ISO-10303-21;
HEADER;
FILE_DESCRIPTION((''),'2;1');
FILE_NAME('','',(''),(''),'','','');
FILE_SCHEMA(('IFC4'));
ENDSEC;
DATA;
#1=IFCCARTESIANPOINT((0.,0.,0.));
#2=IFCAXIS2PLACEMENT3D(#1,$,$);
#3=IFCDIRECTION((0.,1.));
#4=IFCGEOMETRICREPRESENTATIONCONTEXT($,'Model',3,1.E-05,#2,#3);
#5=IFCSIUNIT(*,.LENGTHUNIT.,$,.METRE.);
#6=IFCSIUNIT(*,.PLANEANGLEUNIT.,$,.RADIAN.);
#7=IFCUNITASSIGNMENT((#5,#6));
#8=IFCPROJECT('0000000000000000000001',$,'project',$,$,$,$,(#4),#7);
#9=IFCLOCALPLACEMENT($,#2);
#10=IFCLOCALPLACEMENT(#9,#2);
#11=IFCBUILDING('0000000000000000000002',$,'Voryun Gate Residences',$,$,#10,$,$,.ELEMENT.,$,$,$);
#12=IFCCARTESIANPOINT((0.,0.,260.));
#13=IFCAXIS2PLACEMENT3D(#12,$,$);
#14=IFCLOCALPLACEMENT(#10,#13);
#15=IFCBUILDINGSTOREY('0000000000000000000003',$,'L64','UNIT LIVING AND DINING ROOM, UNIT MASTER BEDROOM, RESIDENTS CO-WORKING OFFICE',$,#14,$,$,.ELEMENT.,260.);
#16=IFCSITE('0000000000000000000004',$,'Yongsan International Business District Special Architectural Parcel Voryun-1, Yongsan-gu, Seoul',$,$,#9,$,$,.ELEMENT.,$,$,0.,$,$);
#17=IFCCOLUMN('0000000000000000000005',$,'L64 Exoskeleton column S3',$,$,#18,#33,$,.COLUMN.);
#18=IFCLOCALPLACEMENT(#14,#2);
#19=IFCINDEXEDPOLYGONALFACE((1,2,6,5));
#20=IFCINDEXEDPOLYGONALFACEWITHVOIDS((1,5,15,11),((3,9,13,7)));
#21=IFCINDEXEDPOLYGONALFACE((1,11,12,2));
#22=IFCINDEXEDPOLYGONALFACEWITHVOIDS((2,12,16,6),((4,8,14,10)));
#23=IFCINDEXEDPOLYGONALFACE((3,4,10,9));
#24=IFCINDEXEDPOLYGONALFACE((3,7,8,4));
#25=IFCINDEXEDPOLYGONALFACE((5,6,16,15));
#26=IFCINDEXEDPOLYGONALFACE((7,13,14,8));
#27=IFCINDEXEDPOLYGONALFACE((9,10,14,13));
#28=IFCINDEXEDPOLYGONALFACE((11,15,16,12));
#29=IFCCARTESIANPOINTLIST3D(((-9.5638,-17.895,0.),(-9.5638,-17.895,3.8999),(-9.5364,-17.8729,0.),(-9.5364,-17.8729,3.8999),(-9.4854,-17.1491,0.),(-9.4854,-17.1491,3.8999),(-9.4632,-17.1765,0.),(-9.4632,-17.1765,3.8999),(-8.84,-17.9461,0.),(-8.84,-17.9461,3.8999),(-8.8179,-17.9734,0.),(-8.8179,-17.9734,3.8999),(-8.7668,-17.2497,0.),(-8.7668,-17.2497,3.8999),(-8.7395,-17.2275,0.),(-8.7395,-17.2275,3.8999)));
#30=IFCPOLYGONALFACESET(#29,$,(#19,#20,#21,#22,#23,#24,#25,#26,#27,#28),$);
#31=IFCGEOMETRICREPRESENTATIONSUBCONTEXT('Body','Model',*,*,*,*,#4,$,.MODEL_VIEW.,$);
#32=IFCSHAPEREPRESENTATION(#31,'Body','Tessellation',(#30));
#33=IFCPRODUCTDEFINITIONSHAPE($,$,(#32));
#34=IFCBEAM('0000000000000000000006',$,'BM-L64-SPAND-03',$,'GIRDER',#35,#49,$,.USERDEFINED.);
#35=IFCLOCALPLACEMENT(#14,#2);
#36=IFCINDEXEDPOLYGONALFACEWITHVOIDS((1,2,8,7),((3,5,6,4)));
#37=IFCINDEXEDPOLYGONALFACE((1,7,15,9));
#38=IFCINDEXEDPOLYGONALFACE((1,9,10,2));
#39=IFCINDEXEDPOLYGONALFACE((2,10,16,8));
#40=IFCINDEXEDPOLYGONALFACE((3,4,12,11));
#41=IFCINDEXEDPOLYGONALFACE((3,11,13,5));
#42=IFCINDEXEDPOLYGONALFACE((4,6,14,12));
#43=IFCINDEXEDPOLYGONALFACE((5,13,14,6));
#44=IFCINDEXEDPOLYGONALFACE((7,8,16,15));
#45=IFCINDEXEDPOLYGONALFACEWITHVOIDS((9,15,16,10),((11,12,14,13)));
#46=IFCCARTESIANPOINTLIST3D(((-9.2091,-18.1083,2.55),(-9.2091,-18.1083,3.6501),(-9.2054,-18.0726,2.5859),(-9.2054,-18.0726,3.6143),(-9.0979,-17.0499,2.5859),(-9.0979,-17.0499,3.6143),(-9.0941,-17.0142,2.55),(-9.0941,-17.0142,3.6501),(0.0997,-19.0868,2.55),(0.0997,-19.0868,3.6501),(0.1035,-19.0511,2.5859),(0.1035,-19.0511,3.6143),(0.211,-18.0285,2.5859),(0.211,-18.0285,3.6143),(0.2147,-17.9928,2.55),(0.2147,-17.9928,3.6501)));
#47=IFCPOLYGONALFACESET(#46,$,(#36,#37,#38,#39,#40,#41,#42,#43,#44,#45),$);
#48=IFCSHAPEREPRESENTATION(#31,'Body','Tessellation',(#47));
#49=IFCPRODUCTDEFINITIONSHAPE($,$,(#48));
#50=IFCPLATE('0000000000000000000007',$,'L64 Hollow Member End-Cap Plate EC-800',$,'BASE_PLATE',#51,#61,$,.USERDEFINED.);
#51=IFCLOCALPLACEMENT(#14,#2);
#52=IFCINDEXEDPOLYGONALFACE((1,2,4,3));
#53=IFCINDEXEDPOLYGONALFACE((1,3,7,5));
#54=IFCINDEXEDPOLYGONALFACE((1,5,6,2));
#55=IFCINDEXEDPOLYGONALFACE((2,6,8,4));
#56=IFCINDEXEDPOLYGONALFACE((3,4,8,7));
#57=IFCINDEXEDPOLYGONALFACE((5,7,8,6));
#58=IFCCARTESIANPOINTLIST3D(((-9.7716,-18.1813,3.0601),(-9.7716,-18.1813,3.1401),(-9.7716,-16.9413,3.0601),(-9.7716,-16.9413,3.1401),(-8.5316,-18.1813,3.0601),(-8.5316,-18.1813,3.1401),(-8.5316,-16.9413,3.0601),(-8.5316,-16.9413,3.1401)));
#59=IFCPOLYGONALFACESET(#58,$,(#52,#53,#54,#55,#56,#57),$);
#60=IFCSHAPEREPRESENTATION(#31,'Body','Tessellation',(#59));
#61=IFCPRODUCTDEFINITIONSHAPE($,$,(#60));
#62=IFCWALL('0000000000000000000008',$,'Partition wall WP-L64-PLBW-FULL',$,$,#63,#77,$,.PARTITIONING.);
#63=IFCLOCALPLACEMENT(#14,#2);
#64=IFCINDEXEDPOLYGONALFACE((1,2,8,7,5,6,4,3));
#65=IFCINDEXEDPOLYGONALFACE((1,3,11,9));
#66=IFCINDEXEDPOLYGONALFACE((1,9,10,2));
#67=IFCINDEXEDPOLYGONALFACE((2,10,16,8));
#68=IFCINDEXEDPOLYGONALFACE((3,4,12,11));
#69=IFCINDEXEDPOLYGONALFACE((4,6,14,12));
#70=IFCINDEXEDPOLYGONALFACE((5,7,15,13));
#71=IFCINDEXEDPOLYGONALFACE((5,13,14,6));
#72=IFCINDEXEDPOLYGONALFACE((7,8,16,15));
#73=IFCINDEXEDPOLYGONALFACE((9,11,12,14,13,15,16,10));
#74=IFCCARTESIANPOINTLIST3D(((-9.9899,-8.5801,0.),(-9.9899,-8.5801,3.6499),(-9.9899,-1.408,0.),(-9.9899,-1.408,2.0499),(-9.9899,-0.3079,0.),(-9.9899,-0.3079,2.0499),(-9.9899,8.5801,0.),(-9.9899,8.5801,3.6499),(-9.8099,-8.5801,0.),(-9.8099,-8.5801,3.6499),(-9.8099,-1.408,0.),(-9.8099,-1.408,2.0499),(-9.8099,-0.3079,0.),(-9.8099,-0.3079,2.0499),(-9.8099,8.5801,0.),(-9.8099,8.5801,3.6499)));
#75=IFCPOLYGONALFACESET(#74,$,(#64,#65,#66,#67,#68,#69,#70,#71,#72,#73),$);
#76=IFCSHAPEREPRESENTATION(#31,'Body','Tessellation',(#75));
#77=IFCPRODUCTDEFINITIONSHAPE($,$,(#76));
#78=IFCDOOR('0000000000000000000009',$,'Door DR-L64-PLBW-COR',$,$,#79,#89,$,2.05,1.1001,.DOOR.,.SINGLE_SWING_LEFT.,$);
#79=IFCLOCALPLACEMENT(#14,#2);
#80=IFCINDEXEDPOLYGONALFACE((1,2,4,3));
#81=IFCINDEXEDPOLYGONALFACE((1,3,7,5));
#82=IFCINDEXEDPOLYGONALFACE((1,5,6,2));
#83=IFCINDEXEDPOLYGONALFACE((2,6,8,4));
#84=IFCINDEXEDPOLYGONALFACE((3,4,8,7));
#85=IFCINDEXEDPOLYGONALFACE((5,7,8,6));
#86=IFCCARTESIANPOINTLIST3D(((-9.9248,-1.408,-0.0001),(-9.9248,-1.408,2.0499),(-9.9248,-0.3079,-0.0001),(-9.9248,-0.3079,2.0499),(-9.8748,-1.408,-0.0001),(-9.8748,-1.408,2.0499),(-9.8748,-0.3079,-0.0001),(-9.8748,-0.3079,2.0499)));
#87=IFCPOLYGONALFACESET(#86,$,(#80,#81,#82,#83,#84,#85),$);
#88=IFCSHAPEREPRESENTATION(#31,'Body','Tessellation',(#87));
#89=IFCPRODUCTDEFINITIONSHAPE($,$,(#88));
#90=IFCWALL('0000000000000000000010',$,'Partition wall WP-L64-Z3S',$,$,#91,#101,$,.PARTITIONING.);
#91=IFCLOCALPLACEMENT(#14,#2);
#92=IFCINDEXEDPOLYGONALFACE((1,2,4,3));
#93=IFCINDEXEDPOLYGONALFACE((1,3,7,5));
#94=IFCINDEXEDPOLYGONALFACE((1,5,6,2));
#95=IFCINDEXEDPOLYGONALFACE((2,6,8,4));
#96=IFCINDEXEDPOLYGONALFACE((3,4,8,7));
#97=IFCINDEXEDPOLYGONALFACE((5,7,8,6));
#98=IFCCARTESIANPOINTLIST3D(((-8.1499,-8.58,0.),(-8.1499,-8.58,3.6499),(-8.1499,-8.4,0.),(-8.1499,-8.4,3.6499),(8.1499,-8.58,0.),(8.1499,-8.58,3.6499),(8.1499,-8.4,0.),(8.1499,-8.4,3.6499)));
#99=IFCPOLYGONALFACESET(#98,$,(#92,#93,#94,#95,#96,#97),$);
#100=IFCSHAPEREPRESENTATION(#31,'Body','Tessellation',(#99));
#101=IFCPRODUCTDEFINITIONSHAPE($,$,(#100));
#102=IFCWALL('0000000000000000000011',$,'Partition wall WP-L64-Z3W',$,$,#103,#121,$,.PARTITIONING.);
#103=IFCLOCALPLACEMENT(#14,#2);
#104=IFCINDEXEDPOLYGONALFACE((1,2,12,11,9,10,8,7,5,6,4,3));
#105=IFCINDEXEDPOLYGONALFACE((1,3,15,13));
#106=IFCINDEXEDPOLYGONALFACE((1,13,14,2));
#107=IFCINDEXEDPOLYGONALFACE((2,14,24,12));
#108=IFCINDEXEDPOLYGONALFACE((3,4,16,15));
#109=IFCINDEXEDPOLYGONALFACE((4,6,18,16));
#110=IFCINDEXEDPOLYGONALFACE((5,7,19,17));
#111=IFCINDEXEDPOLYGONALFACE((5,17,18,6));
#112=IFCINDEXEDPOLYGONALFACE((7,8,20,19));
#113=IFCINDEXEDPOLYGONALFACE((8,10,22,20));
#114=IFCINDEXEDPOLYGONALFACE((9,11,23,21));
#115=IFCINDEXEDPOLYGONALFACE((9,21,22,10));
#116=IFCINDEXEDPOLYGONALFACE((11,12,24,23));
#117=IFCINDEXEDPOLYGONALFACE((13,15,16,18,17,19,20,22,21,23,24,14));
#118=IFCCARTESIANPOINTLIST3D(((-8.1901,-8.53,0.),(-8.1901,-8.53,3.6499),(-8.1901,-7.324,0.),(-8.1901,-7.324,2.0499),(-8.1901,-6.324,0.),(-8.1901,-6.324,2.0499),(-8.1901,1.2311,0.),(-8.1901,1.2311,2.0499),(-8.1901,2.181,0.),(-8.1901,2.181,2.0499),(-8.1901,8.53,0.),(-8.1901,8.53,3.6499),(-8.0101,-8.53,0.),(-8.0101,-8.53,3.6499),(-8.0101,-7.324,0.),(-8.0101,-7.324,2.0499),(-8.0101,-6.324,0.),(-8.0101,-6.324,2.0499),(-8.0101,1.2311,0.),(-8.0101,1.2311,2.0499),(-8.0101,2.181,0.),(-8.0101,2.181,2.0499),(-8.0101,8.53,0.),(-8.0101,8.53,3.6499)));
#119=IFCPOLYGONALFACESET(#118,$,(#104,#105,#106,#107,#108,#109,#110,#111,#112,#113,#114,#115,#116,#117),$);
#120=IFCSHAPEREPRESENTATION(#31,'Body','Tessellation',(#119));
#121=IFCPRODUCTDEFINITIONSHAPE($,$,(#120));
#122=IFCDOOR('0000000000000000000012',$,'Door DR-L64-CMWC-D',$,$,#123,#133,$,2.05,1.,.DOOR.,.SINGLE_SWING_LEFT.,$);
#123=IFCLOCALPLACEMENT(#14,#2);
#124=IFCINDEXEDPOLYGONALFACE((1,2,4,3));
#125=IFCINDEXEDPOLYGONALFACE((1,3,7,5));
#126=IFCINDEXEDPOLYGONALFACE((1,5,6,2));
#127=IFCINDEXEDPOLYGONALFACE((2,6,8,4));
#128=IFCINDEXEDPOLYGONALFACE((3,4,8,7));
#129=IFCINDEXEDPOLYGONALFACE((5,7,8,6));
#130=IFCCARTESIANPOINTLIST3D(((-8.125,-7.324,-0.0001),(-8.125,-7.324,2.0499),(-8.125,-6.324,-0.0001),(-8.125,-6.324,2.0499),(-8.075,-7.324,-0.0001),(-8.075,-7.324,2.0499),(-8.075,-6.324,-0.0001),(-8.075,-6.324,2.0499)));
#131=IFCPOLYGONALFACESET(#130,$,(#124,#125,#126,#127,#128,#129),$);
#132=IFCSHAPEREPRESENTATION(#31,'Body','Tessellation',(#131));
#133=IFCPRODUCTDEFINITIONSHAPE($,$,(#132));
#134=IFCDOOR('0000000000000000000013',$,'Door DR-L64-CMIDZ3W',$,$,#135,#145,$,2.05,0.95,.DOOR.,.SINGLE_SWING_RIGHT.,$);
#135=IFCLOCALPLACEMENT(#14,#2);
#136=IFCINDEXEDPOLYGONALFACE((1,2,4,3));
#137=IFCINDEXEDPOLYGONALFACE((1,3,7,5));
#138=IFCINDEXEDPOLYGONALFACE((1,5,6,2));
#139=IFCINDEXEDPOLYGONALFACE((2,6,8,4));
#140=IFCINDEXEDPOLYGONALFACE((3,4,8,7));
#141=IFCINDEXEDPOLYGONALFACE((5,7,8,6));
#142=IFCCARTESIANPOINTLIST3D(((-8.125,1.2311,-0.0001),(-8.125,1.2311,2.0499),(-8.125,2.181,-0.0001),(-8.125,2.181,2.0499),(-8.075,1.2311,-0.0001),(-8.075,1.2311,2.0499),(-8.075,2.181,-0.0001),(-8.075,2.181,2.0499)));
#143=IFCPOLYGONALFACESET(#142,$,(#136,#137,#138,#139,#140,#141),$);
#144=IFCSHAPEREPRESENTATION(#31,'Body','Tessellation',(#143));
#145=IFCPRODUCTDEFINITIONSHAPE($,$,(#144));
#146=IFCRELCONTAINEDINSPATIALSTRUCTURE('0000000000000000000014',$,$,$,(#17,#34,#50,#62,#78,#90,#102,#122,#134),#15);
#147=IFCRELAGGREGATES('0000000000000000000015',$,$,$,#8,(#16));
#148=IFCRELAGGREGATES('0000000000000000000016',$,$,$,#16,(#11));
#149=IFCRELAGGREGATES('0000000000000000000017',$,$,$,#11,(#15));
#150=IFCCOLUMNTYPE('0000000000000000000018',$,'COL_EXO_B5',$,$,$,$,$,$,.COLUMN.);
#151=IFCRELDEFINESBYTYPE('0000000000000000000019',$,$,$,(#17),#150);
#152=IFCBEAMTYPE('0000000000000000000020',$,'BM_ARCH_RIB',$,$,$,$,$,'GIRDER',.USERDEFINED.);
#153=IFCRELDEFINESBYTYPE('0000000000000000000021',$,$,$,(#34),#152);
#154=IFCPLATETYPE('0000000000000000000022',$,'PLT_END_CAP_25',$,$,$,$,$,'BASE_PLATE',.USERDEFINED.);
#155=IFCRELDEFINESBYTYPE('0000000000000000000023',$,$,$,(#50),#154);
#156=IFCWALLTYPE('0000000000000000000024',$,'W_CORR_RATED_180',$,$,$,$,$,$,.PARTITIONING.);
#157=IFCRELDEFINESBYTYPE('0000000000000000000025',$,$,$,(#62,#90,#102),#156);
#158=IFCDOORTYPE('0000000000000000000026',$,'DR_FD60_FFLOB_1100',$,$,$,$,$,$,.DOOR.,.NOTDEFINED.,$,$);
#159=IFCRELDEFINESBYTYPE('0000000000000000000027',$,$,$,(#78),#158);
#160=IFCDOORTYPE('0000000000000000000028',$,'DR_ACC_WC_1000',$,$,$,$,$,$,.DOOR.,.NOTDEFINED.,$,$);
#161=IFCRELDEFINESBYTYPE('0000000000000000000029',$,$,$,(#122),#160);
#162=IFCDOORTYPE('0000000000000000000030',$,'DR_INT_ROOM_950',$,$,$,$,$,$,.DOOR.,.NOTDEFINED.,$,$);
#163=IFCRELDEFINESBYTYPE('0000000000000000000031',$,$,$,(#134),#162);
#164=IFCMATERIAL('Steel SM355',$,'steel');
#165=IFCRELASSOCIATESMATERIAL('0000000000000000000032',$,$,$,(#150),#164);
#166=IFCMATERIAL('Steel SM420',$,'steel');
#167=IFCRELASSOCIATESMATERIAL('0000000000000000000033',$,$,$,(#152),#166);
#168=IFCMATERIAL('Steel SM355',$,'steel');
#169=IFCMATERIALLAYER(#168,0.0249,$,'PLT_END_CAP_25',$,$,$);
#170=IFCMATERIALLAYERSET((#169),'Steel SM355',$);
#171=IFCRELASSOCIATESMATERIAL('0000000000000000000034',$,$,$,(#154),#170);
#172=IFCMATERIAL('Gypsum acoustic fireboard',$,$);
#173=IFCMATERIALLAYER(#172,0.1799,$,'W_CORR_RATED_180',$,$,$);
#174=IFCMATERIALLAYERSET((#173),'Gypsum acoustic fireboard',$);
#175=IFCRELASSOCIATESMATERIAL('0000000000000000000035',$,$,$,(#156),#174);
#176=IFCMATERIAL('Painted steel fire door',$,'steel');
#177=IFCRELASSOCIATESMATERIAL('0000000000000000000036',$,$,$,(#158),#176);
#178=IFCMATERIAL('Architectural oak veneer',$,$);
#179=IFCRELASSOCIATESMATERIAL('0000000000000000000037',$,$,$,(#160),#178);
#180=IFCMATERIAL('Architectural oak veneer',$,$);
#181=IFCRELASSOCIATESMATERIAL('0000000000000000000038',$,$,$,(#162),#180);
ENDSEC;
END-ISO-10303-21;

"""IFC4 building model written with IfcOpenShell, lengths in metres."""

from ifc_helpers import new_model, si_unit, direction, frame, frame_2d, origin, origin_2d, place, context, subcontext, project, spatial, rectangle, hollow_rectangle, extrude, material, layer, layer_set, material_profile, profile_set, type_object, element, fill, save


model = new_model("IFC4")

# Units and contexts
model_context = context("Model", 3, precision=1e-05, world=origin(), true_north=direction((0.0, 1.0)))
body_context = subcontext(model_context, "Body", "Model", "MODEL_VIEW")
ifc_project = project(units=[si_unit("LENGTHUNIT", "METRE"), si_unit("PLANEANGLEUNIT", "RADIAN")], contexts=[model_context])

# Site, building, storey
site_placement = place(None, origin())
site = spatial("IfcSite", under=ifc_project, at=site_placement, Name="Yongsan International Business District Special Architectural Parcel Voryun-1, Yongsan-gu, Seoul", CompositionType="ELEMENT", RefElevation=0.0)
building_placement = place(site_placement, origin())
building = spatial("IfcBuilding", under=site, at=building_placement, Name="Voryun Gate Residences", CompositionType="ELEMENT")
storey_placement = place(building_placement, frame((0.0, 0.0, 260.0)))
storey = spatial("IfcBuildingStorey", under=building, at=storey_placement, Name="L64", Description="UNIT LIVING AND DINING ROOM, UNIT MASTER BEDROOM, RESIDENTS CO-WORKING OFFICE", CompositionType="ELEMENT", Elevation=260.0)

# Column
ifc_material_1 = material(Name="Steel SM355", Category="steel")
ifc_material_profile_1 = material_profile(ifc_material_1, hollow_rectangle(XDim=0.75, YDim=0.75, WallThickness=0.0249, at=origin_2d()), Name="BOX-750x750x25")
ifc_profile_set_1 = profile_set([ifc_material_profile_1], Name="Steel SM355")
column_type = type_object("IfcColumnType", Name="COL_EXO_B5", PredefinedType="COLUMN", material=ifc_profile_set_1)
column_placement = place(storey_placement, frame((-9.1516, -17.5613, 0.0), z_axis=(0.0, 0.0, 1.0), x_axis=(0.994522, -0.104528, 0.0)))
element("IfcColumn", 1, at=column_placement, inside=storey, type_object=column_type, Name="L64 Exoskeleton column S3", PredefinedType="COLUMN", context=body_context, shape_type="SweptSolid", body=[
    extrude(hollow_rectangle(XDim=0.75, YDim=0.75, WallThickness=0.0249, at=origin_2d()), origin(), (0.0, 0.0, 1.0), 3.8999),
])

# Beam
ifc_material_2 = material(Name="Steel SM420", Category="steel")
ifc_material_profile_2 = material_profile(ifc_material_2, hollow_rectangle(XDim=1.1001, YDim=1.1001, WallThickness=0.0359, at=origin_2d()), Name="BOX-1100x1100x36")
ifc_profile_set_2 = profile_set([ifc_material_profile_2], Name="Steel SM420")
beam_type = type_object("IfcBeamType", Name="BM_ARCH_RIB", ElementType="GIRDER", PredefinedType="USERDEFINED", material=ifc_profile_set_2)
beam_placement = place(storey_placement, frame((-9.1516, -17.5613, 3.1001), z_axis=(0.994521, -0.104541, 0.0), x_axis=(0.104541, 0.994521, 0.0)))
element("IfcBeam", 2, at=beam_placement, inside=storey, type_object=beam_type, Name="BM-L64-SPAND-03", ObjectType="GIRDER", PredefinedType="USERDEFINED", context=body_context, shape_type="SweptSolid", body=[
    extrude(hollow_rectangle(XDim=1.1001, YDim=1.1001, WallThickness=0.0359, at=origin_2d()), origin(), (0.0, 0.0, 1.0), 9.3601),
])

# Plate
ifc_material_3 = material(Name="Steel SM355", Category="steel")
ifc_layer_1 = layer(ifc_material_3, 0.0249, Name="PLT_END_CAP_25")
ifc_layer_set_1 = layer_set([ifc_layer_1], Name="Steel SM355")
plate_type = type_object("IfcPlateType", Name="PLT_END_CAP_25", ElementType="BASE_PLATE", PredefinedType="USERDEFINED", material=ifc_layer_set_1)
plate_placement = place(storey_placement, frame((-9.1516, -17.5613, 3.0601), z_axis=(0.0, 0.0, 1.0), x_axis=(1.0, 0.0, 0.0)))
element("IfcPlate", 3, at=plate_placement, inside=storey, type_object=plate_type, Name="L64 Hollow Member End-Cap Plate EC-800", ObjectType="BASE_PLATE", PredefinedType="USERDEFINED", context=body_context, shape_type="SweptSolid", body=[
    extrude(rectangle(XDim=1.24, YDim=1.24, at=origin_2d()), origin(), (0.0, 0.0, 1.0), 0.0801),
])

# Wall, opening, door
ifc_material_4 = material(Name="Gypsum acoustic fireboard")
ifc_layer_2 = layer(ifc_material_4, 0.1799, Name="W_CORR_RATED_180")
ifc_layer_set_2 = layer_set([ifc_layer_2], Name="Gypsum acoustic fireboard")
wall_type_1 = type_object("IfcWallType", Name="W_CORR_RATED_180", PredefinedType="PARTITIONING", material=ifc_layer_set_2)
wall_1_placement = place(storey_placement, frame((-9.8999, -8.5801, 0.0), z_axis=(0.0, 0.0, 1.0), x_axis=(0.0, 1.0, 0.0)))
wall_1 = element("IfcWall", 4, at=wall_1_placement, inside=storey, type_object=wall_type_1, Name="Partition wall WP-L64-PLBW-FULL", PredefinedType="PARTITIONING", context=body_context, shape_type="SweptSolid", body=[
    extrude(rectangle(XDim=17.1602, YDim=0.1799, at=frame_2d((8.5801, 0.0))), origin(), (0.0, 0.0, 1.0), 3.6499),
])
opening_1_placement = place(wall_1_placement, frame((7.1721, 0.0, 0.0)))
opening_1 = element("IfcOpeningElement", 5, at=opening_1_placement, cuts=wall_1, PredefinedType="OPENING", context=body_context, shape_type="SweptSolid", body=[
    extrude(rectangle(XDim=1.1001, YDim=2.05, at=frame_2d((0.55, 1.0249))), frame((0.0, 0.0999, 0.0), z_axis=(0.0, -1.0, 0.0), x_axis=(1.0, 0.0, 0.0)), (0.0, 0.0, 1.0), 0.2),
])
ifc_material_5 = material(Name="Painted steel fire door", Category="steel")
door_type_1 = type_object("IfcDoorType", Name="DR_FD60_FFLOB_1100", OperationType="NOTDEFINED", PredefinedType="DOOR", material=ifc_material_5)
door_1_placement = place(opening_1_placement, origin())
door_1 = element("IfcDoor", 6, at=door_1_placement, inside=storey, type_object=door_type_1, Name="Door DR-L64-PLBW-COR", OperationType="SINGLE_SWING_LEFT", OverallHeight=2.05, OverallWidth=1.1001, PredefinedType="DOOR", context=body_context, shape_type="SweptSolid", body=[
    extrude(rectangle(XDim=1.1001, YDim=2.05, at=frame_2d((0.55, 1.0249))), frame((0.0, 0.0249, 0.0), z_axis=(0.0, -1.0, 0.0), x_axis=(1.0, 0.0, 0.0)), (0.0, 0.0, 1.0), 0.05),
])
fill(opening_1, door_1)

# Wall
wall_2_placement = place(storey_placement, frame((-8.1499, -8.49, 0.0), z_axis=(0.0, 0.0, 1.0), x_axis=(1.0, 0.0, 0.0)))
element("IfcWall", 7, at=wall_2_placement, inside=storey, type_object=wall_type_1, Name="Partition wall WP-L64-Z3S", PredefinedType="PARTITIONING", context=body_context, shape_type="SweptSolid", body=[
    extrude(rectangle(XDim=16.2998, YDim=0.1799, at=frame_2d((8.1499, 0.0))), origin(), (0.0, 0.0, 1.0), 3.6499),
])

# Wall, openings, doors
wall_3_placement = place(storey_placement, frame((-8.1001, -8.53, 0.0), z_axis=(0.0, 0.0, 1.0), x_axis=(0.0, 1.0, 0.0)))
wall_3 = element("IfcWall", 8, at=wall_3_placement, inside=storey, type_object=wall_type_1, Name="Partition wall WP-L64-Z3W", PredefinedType="PARTITIONING", context=body_context, shape_type="SweptSolid", body=[
    extrude(rectangle(XDim=17.0601, YDim=0.1799, at=frame_2d((8.53, 0.0))), origin(), (0.0, 0.0, 1.0), 3.6499),
])
opening_2_placement = place(wall_3_placement, frame((1.2061, 0.0, 0.0)))
opening_2 = element("IfcOpeningElement", 9, at=opening_2_placement, cuts=wall_3, PredefinedType="OPENING", context=body_context, shape_type="SweptSolid", body=[
    extrude(rectangle(XDim=1.0, YDim=2.05, at=frame_2d((0.5, 1.0249))), frame((0.0, 0.0999, 0.0), z_axis=(0.0, -1.0, 0.0), x_axis=(1.0, 0.0, 0.0)), (0.0, 0.0, 1.0), 0.2),
])
opening_3_placement = place(wall_3_placement, frame((9.761, 0.0, 0.0)))
opening_3 = element("IfcOpeningElement", 10, at=opening_3_placement, cuts=wall_3, PredefinedType="OPENING", context=body_context, shape_type="SweptSolid", body=[
    extrude(rectangle(XDim=0.95, YDim=2.05, at=frame_2d((0.4751, 1.0249))), frame((0.0, 0.0999, 0.0), z_axis=(0.0, -1.0, 0.0), x_axis=(1.0, 0.0, 0.0)), (0.0, 0.0, 1.0), 0.2),
])
ifc_material_6 = material(Name="Architectural oak veneer")
door_type_2 = type_object("IfcDoorType", Name="DR_ACC_WC_1000", OperationType="NOTDEFINED", PredefinedType="DOOR", material=ifc_material_6)
door_2_placement = place(opening_2_placement, origin())
door_2 = element("IfcDoor", 11, at=door_2_placement, inside=storey, type_object=door_type_2, Name="Door DR-L64-CMWC-D", OperationType="SINGLE_SWING_LEFT", OverallHeight=2.05, OverallWidth=1.0, PredefinedType="DOOR", context=body_context, shape_type="SweptSolid", body=[
    extrude(rectangle(XDim=1.0, YDim=2.05, at=frame_2d((0.5, 1.0249))), frame((0.0, 0.0249, 0.0), z_axis=(0.0, -1.0, 0.0), x_axis=(1.0, 0.0, 0.0)), (0.0, 0.0, 1.0), 0.05),
])
fill(opening_2, door_2)
ifc_material_7 = material(Name="Architectural oak veneer")
door_type_3 = type_object("IfcDoorType", Name="DR_INT_ROOM_950", OperationType="NOTDEFINED", PredefinedType="DOOR", material=ifc_material_7)
door_3_placement = place(opening_3_placement, origin())
door_3 = element("IfcDoor", 12, at=door_3_placement, inside=storey, type_object=door_type_3, Name="Door DR-L64-CMIDZ3W", OperationType="SINGLE_SWING_RIGHT", OverallHeight=2.05, OverallWidth=0.95, PredefinedType="DOOR", context=body_context, shape_type="SweptSolid", body=[
    extrude(rectangle(XDim=0.95, YDim=2.05, at=frame_2d((0.4751, 1.0249))), frame((0.0, 0.0249, 0.0), z_axis=(0.0, -1.0, 0.0), x_axis=(1.0, 0.0, 0.0)), (0.0, 0.0, 1.0), 0.05),
])
fill(opening_3, door_3)

save(model, "model.ifc")
